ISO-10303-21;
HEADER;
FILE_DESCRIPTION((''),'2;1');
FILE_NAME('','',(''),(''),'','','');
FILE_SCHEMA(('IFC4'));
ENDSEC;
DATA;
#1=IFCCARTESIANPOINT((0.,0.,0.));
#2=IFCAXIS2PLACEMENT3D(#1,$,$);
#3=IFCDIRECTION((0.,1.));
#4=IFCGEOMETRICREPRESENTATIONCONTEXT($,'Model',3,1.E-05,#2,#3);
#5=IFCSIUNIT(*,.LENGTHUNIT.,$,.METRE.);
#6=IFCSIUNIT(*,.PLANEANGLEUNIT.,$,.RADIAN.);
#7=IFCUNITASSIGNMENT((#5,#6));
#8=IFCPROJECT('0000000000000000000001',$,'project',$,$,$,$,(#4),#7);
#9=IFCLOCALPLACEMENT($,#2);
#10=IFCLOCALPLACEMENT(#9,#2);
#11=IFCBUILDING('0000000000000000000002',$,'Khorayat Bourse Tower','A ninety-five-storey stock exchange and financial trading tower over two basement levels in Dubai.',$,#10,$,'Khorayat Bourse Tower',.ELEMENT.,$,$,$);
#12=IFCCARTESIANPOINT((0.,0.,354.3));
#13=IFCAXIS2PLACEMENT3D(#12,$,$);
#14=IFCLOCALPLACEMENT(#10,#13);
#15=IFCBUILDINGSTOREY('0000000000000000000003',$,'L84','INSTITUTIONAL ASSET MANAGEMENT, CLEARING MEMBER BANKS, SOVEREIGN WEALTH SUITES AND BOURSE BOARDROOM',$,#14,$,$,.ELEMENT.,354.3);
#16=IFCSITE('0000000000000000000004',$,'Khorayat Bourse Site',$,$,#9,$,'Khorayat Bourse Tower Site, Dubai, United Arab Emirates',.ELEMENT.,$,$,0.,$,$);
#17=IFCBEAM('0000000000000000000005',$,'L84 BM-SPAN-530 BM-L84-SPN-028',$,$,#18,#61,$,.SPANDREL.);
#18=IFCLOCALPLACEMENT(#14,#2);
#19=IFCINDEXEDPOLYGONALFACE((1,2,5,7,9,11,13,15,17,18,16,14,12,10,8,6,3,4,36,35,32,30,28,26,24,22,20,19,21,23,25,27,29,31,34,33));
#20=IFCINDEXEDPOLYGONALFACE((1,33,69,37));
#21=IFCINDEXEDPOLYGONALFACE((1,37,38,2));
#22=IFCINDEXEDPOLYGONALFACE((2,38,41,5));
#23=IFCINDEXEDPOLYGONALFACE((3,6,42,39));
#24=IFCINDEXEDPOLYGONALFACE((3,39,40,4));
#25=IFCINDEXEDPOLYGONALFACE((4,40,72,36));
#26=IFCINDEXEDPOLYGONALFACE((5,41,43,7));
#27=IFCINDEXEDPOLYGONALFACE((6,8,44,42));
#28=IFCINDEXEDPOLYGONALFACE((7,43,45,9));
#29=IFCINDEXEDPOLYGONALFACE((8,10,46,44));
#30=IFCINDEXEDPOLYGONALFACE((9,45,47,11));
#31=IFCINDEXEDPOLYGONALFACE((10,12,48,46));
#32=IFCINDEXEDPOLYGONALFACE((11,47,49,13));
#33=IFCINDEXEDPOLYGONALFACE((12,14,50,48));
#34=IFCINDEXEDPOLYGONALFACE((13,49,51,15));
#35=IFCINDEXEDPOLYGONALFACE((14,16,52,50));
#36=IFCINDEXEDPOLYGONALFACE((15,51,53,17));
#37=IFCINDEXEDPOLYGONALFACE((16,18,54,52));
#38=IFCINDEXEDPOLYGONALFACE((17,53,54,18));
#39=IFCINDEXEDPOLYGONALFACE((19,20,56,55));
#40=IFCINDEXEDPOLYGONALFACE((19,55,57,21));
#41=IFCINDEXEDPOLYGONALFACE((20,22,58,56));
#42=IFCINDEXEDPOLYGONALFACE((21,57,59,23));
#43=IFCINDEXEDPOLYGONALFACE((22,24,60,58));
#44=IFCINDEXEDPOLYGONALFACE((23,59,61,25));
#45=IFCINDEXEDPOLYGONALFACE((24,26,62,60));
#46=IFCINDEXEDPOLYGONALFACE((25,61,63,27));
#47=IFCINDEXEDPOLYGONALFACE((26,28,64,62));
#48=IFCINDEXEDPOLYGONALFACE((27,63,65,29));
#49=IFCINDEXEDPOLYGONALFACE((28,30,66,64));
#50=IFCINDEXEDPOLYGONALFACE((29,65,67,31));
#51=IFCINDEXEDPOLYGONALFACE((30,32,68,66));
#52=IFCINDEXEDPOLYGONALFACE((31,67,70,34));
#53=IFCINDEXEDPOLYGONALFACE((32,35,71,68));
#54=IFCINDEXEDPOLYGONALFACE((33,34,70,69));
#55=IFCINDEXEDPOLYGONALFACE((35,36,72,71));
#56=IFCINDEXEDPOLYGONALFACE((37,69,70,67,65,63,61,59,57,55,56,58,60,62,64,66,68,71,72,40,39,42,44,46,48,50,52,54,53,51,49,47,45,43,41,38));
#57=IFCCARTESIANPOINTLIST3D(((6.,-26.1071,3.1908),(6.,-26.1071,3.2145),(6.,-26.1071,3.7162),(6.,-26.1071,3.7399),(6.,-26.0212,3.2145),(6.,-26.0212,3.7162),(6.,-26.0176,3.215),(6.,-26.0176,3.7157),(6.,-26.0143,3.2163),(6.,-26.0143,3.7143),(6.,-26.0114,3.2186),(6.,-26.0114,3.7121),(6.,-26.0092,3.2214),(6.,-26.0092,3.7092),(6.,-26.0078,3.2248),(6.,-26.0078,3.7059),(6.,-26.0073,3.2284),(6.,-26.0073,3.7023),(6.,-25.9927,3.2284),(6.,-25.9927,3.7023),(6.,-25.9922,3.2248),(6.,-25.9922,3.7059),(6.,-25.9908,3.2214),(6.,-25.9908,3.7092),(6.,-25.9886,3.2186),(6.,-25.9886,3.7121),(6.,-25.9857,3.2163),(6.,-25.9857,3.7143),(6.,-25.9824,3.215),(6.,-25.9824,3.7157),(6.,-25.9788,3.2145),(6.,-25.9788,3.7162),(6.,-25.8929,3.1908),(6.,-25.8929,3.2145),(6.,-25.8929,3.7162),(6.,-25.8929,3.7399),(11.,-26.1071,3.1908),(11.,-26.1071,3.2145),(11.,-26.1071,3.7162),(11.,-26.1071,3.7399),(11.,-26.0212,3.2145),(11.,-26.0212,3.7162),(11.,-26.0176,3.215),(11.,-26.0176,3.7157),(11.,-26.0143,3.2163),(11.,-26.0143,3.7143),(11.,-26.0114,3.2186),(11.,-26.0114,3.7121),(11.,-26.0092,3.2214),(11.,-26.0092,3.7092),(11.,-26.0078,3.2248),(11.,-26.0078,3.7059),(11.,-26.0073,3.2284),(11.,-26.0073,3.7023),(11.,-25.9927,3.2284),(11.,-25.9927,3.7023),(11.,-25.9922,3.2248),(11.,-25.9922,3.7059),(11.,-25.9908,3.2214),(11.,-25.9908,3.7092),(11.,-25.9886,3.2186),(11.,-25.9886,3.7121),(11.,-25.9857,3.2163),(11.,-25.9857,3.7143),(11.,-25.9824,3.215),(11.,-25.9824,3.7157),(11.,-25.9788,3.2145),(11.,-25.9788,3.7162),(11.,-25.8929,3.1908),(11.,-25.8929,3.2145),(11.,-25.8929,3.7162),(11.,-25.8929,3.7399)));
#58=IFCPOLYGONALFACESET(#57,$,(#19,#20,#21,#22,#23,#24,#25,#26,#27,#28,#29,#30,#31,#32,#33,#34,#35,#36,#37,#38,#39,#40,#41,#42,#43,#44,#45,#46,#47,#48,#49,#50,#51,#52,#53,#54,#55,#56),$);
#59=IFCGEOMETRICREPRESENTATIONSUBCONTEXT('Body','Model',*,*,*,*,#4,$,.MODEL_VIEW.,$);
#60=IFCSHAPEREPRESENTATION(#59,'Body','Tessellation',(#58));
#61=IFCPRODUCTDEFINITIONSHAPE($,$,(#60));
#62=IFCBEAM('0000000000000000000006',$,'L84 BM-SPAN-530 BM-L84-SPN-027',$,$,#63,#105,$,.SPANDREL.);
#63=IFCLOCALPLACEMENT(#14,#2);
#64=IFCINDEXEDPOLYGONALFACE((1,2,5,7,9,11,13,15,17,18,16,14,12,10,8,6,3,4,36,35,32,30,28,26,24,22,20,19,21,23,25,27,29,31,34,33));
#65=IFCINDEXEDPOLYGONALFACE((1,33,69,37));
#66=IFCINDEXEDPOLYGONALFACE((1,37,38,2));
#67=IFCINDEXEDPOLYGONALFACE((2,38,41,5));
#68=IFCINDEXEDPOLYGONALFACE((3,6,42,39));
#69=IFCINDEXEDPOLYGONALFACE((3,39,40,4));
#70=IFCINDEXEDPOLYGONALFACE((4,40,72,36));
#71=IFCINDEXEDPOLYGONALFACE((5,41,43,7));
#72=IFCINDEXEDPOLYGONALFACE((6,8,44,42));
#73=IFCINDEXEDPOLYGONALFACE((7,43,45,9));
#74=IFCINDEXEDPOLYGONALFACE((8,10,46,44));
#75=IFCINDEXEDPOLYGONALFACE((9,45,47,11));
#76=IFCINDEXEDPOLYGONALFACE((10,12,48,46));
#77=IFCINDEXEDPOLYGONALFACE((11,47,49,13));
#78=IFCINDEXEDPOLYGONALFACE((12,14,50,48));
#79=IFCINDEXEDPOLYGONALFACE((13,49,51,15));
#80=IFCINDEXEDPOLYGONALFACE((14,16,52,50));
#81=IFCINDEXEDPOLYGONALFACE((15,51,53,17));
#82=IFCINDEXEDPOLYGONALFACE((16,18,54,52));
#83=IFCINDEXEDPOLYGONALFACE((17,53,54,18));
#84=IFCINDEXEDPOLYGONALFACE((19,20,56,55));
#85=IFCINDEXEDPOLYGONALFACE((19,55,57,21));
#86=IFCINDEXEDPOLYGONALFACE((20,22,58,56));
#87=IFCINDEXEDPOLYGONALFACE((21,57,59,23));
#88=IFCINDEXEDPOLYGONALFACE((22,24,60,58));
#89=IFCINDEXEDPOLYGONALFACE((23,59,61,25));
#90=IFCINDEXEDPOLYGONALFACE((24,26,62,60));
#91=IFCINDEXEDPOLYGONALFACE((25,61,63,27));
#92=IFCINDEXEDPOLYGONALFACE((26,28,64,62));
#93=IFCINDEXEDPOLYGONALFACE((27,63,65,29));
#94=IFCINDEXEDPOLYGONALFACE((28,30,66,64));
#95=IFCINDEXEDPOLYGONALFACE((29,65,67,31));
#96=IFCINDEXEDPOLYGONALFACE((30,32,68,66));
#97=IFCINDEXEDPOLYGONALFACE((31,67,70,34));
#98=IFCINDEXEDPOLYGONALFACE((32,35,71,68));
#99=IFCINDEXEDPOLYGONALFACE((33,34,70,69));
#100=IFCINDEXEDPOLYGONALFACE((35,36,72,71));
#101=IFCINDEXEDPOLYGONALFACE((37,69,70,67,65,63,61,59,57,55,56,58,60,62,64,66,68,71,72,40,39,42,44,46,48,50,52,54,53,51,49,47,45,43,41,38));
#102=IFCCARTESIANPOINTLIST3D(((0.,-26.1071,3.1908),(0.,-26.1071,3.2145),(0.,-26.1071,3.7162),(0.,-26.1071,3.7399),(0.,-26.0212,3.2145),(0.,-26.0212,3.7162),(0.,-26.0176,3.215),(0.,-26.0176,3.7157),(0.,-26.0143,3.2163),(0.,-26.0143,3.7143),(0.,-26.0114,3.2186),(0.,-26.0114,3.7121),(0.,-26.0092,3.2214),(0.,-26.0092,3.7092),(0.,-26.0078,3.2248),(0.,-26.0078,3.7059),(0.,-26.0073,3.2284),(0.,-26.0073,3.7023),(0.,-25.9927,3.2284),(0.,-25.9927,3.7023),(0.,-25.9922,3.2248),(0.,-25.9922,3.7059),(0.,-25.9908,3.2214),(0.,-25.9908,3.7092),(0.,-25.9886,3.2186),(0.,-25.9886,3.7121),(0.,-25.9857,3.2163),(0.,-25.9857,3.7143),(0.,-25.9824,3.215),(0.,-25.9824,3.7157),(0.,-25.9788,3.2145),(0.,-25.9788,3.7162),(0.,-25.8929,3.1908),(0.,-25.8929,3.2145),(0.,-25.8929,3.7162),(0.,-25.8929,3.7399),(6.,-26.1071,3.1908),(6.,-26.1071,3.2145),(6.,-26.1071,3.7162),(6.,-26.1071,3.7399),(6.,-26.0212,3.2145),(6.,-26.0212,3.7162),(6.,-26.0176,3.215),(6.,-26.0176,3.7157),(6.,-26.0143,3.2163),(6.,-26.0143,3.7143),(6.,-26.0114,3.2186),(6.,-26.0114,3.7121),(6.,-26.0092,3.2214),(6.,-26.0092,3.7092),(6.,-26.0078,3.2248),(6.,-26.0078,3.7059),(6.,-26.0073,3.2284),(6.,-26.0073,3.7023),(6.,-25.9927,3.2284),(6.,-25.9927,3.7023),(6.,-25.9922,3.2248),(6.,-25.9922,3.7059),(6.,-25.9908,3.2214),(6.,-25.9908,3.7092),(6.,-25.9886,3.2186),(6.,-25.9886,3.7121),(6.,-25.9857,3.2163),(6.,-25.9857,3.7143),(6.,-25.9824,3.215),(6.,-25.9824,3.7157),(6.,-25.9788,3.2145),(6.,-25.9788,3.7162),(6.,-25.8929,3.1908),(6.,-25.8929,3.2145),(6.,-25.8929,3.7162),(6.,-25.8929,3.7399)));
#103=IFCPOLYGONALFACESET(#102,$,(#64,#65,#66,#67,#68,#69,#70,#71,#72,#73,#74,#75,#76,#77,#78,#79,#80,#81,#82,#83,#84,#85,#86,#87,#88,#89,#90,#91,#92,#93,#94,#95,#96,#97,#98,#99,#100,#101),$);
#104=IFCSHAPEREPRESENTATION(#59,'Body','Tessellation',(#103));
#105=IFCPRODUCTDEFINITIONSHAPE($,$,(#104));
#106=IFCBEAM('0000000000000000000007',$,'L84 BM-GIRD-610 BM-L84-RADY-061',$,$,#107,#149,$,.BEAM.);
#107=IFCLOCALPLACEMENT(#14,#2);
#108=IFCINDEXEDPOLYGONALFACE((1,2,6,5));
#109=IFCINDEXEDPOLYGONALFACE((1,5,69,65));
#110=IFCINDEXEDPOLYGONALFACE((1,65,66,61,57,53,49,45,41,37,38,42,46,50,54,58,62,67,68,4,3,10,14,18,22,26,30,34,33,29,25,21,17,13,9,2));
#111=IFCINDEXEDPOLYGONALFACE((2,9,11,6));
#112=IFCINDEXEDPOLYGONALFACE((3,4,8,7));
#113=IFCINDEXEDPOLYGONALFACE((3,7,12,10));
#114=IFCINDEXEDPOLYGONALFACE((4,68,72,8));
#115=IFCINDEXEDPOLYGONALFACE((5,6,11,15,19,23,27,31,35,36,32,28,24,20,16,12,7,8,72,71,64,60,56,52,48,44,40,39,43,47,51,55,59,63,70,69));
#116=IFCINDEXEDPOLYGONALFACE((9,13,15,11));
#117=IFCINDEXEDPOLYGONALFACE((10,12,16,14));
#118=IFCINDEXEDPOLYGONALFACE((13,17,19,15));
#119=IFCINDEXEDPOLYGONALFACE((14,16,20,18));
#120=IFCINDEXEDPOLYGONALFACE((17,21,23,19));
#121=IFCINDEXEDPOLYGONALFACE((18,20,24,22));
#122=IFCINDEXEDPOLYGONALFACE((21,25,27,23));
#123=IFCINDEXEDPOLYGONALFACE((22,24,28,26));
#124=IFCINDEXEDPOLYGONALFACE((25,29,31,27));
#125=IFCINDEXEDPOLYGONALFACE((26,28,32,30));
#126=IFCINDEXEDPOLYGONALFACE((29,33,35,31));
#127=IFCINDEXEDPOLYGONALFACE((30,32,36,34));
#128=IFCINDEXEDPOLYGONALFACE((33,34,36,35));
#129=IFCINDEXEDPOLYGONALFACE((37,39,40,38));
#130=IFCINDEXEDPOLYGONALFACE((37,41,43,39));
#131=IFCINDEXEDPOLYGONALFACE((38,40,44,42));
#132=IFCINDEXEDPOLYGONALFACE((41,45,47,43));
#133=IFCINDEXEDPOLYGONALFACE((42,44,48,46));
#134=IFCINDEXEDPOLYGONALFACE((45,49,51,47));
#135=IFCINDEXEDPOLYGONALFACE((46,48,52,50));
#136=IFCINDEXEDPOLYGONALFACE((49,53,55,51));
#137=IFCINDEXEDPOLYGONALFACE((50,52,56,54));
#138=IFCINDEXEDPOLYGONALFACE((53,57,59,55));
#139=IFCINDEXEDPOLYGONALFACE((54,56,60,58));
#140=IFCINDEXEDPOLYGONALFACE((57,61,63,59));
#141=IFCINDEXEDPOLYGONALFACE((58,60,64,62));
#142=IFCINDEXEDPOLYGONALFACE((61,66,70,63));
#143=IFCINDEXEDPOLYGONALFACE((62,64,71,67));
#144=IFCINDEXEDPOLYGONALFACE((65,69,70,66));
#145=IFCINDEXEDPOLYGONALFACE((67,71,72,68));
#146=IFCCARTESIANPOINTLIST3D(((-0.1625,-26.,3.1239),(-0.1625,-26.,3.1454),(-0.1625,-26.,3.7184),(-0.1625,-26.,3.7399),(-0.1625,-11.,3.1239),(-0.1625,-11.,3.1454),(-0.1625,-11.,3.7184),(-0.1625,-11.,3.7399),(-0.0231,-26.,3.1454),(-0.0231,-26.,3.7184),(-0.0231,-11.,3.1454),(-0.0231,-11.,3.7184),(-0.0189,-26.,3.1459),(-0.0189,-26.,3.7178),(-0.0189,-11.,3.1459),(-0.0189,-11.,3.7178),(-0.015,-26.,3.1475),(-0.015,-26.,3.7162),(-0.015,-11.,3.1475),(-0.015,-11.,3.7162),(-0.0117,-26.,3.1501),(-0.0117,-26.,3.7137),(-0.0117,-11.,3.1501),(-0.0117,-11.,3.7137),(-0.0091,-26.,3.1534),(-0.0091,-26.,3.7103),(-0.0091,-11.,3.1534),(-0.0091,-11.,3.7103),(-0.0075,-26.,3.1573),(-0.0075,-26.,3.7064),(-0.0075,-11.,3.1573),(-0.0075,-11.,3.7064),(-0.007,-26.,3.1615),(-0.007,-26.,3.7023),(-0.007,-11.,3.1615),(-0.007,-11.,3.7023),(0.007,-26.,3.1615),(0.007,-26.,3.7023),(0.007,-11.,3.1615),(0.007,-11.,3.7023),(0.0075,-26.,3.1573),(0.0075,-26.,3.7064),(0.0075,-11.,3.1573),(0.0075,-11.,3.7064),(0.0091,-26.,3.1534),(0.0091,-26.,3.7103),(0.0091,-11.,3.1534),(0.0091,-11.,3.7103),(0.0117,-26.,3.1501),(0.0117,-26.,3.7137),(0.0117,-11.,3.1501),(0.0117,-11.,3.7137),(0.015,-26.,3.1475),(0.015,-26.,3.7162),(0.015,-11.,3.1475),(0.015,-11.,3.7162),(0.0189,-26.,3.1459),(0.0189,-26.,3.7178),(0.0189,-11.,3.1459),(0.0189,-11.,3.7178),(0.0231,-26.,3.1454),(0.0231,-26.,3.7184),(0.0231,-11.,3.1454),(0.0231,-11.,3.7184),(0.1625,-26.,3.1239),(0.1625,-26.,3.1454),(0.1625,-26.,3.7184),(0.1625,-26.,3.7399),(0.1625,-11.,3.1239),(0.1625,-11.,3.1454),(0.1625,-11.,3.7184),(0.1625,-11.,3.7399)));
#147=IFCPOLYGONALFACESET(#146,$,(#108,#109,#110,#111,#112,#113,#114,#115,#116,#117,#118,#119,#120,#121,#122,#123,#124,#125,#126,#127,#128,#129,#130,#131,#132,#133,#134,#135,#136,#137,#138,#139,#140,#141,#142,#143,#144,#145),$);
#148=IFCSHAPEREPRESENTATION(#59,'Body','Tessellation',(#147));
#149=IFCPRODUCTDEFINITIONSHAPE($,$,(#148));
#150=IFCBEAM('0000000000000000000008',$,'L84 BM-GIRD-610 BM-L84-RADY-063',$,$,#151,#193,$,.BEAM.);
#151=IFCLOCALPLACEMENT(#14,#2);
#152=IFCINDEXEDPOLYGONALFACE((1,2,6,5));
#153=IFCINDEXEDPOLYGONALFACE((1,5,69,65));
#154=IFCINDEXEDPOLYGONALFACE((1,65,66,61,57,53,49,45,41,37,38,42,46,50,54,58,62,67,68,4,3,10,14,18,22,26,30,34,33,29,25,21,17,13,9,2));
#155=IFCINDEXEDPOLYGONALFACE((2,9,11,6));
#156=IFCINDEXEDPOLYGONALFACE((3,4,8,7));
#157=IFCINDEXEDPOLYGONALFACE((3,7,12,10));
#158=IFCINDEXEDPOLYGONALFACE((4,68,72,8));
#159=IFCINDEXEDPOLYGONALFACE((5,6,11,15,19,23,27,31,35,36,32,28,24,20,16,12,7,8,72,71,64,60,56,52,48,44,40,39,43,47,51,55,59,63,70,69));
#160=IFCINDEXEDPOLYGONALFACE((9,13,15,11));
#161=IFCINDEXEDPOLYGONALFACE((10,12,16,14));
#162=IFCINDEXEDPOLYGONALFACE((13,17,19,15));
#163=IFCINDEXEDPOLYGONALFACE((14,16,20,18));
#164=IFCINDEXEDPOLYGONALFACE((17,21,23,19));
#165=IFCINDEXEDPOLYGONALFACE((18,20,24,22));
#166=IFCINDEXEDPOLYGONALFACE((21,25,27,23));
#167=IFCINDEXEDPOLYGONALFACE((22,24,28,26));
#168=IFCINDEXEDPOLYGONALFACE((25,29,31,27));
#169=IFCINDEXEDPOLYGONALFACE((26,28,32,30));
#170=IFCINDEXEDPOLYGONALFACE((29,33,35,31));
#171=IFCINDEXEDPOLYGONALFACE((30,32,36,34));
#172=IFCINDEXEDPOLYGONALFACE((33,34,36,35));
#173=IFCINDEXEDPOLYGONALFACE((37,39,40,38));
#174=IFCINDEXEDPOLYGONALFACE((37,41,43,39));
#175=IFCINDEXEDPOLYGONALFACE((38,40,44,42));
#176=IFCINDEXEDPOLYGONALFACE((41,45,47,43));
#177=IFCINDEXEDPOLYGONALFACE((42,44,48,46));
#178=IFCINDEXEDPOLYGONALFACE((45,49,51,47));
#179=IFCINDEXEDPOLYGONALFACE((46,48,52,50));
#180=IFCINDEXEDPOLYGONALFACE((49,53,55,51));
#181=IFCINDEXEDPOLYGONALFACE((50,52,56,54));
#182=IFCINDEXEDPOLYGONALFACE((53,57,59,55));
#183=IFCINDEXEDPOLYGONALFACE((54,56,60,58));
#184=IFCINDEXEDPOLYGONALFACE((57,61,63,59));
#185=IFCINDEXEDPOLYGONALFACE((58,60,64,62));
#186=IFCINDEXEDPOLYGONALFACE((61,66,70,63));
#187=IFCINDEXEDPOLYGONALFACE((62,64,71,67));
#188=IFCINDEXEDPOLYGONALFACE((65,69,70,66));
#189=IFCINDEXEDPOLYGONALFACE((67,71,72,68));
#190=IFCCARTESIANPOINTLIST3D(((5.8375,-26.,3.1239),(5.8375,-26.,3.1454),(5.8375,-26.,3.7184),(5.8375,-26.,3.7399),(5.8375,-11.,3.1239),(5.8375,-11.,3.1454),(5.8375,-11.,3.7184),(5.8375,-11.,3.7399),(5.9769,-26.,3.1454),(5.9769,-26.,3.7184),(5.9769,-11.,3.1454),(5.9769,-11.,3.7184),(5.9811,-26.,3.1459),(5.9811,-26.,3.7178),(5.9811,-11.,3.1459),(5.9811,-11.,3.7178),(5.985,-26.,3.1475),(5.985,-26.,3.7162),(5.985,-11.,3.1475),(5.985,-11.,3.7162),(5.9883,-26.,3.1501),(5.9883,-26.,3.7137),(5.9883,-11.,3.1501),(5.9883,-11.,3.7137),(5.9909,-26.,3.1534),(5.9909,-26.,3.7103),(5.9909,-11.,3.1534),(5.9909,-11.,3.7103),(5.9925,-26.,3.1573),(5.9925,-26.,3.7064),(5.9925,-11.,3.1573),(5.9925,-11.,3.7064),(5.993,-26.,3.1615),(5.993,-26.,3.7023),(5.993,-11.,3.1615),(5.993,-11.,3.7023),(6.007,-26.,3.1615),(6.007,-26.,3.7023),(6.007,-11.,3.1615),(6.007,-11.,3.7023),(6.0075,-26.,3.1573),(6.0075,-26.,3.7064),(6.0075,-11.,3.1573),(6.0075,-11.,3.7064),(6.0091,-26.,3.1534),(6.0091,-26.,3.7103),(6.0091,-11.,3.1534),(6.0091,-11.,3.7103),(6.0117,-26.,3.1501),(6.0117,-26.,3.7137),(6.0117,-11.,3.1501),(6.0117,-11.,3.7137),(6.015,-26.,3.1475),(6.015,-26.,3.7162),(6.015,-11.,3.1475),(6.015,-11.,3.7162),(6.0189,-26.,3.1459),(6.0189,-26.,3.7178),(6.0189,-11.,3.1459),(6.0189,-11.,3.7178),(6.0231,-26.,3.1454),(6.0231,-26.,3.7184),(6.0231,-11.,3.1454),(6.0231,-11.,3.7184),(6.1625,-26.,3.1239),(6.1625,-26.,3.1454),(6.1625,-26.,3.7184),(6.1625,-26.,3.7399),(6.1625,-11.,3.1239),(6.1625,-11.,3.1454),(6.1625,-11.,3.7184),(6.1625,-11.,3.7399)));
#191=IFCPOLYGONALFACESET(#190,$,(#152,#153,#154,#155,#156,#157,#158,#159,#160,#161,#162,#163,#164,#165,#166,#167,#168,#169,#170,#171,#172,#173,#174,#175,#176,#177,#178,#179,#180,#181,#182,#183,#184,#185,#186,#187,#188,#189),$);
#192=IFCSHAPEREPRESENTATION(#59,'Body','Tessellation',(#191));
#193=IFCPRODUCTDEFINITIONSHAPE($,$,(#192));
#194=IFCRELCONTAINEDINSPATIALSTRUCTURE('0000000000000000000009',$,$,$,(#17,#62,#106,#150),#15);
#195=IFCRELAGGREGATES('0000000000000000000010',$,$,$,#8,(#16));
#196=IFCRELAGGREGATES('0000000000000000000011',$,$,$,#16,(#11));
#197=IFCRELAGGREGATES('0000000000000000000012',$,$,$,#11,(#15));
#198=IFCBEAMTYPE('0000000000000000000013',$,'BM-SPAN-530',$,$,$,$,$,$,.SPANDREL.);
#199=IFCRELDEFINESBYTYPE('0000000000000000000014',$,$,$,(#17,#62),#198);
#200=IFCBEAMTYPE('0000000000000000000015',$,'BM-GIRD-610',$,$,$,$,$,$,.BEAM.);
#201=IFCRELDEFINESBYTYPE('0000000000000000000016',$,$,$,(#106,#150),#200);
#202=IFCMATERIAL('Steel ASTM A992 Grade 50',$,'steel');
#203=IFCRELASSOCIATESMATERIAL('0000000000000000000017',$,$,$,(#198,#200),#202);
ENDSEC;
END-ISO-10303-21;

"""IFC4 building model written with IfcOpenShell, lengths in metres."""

from ifc_helpers import new_model, si_unit, direction, frame, origin, origin_2d, place, context, subcontext, project, spatial, i_section, extrude, source, transform, mapped, material, material_profile, profile_set, type_object, element, save


model = new_model("IFC4")

# Units and contexts
model_context = context("Model", 3, precision=1e-05, world=origin(), true_north=direction((0.0, 1.0)))
body_context = subcontext(model_context, "Body", "Model", "MODEL_VIEW")
ifc_project = project(units=[si_unit("LENGTHUNIT", "METRE"), si_unit("PLANEANGLEUNIT", "RADIAN")], contexts=[model_context])

# Site, building, storey
site_placement = place(None, origin())
site = spatial("IfcSite", under=ifc_project, at=site_placement, Name="Khorayat Bourse Site", LongName="Khorayat Bourse Tower Site, Dubai, United Arab Emirates", CompositionType="ELEMENT", RefElevation=0.0)
building_placement = place(site_placement, origin())
building = spatial("IfcBuilding", under=site, at=building_placement, Name="Khorayat Bourse Tower", Description="A ninety-five-storey stock exchange and financial trading tower over two basement levels in Dubai.", LongName="Khorayat Bourse Tower", CompositionType="ELEMENT")
storey_placement = place(building_placement, frame((0.0, 0.0, 354.3)))
storey = spatial("IfcBuildingStorey", under=building, at=storey_placement, Name="L84", Description="INSTITUTIONAL ASSET MANAGEMENT, CLEARING MEMBER BANKS, SOVEREIGN WEALTH SUITES AND BOURSE BOARDROOM", CompositionType="ELEMENT", Elevation=354.3)

# Beams
ifc_material_1 = material(Name="Steel ASTM A992 Grade 50", Category="steel")
ifc_material_profile_1 = material_profile(ifc_material_1, i_section(OverallWidth=0.2141, OverallDepth=0.5491, WebThickness=0.0146, FlangeThickness=0.0237, FilletRadius=0.0139, at=origin_2d()), Name="W530X138")
ifc_profile_set_1 = profile_set([ifc_material_profile_1], Name="Steel ASTM A992 Grade 50")
beam_type_1 = type_object("IfcBeamType", Name="BM-SPAN-530", PredefinedType="SPANDREL", material=ifc_profile_set_1)
shared_shape_1 = source(origin(), body_context, "Body", "SweptSolid", [
    extrude(i_section(OverallWidth=0.2141, OverallDepth=0.5491, WebThickness=0.0146, FlangeThickness=0.0237, FilletRadius=0.0139, at=origin_2d()), origin(), (0.0, 0.0, 1.0), 5.0),
])
beam_1_placement = place(storey_placement, frame((6.0, -26.0, 3.4653), z_axis=(1.0, 0.0, 0.0), x_axis=(0.0, 1.0, 0.0)))
element("IfcBeam", 1, at=beam_1_placement, inside=storey, type_object=beam_type_1, Name="L84 BM-SPAN-530 BM-L84-SPN-028", PredefinedType="SPANDREL", context=body_context, shape_type="MappedRepresentation", body=[
    mapped(shared_shape_1, transform((0.0, 0.0, 0.0), scale=1.0)),
])
shared_shape_2 = source(origin(), body_context, "Body", "SweptSolid", [
    extrude(i_section(OverallWidth=0.2141, OverallDepth=0.5491, WebThickness=0.0146, FlangeThickness=0.0237, FilletRadius=0.0139, at=origin_2d()), origin(), (0.0, 0.0, 1.0), 6.0),
])
beam_2_placement = place(storey_placement, frame((0.0, -26.0, 3.4653), z_axis=(1.0, 0.0, 0.0), x_axis=(0.0, 1.0, 0.0)))
element("IfcBeam", 2, at=beam_2_placement, inside=storey, type_object=beam_type_1, Name="L84 BM-SPAN-530 BM-L84-SPN-027", PredefinedType="SPANDREL", context=body_context, shape_type="MappedRepresentation", body=[
    mapped(shared_shape_2, transform((0.0, 0.0, 0.0), scale=1.0)),
])
ifc_material_profile_2 = material_profile(ifc_material_1, i_section(OverallWidth=0.325, OverallDepth=0.616, WebThickness=0.0139, FlangeThickness=0.0215, FilletRadius=0.0161, at=origin_2d()), Name="W610X174")
ifc_profile_set_2 = profile_set([ifc_material_profile_2], Name="Steel ASTM A992 Grade 50")
beam_type_2 = type_object("IfcBeamType", Name="BM-GIRD-610", PredefinedType="BEAM", material=ifc_profile_set_2)
shared_shape_3 = source(origin(), body_context, "Body", "SweptSolid", [
    extrude(i_section(OverallWidth=0.325, OverallDepth=0.616, WebThickness=0.0139, FlangeThickness=0.0215, FilletRadius=0.0161, at=origin_2d()), origin(), (0.0, 0.0, 1.0), 15.0),
])
for number, where, z_axis, x_axis, name in (
    (3, (0.0, -26.0, 3.4319), (0.0, 1.0, 0.0), (-1.0, 0.0, 0.0), "L84 BM-GIRD-610 BM-L84-RADY-061"),
    (4, (6.0, -26.0, 3.4319), (0.0, 1.0, 0.0), (-1.0, 0.0, 0.0), "L84 BM-GIRD-610 BM-L84-RADY-063"),
):
    element("IfcBeam", number, at=place(storey_placement, frame(where, z_axis=z_axis, x_axis=x_axis)), inside=storey, type_object=beam_type_2, Name=name, PredefinedType="BEAM", context=body_context, shape_type="MappedRepresentation", body=[
        mapped(shared_shape_3, transform((0.0, 0.0, 0.0), scale=1.0)),
    ])

save(model, "model.ifc")
